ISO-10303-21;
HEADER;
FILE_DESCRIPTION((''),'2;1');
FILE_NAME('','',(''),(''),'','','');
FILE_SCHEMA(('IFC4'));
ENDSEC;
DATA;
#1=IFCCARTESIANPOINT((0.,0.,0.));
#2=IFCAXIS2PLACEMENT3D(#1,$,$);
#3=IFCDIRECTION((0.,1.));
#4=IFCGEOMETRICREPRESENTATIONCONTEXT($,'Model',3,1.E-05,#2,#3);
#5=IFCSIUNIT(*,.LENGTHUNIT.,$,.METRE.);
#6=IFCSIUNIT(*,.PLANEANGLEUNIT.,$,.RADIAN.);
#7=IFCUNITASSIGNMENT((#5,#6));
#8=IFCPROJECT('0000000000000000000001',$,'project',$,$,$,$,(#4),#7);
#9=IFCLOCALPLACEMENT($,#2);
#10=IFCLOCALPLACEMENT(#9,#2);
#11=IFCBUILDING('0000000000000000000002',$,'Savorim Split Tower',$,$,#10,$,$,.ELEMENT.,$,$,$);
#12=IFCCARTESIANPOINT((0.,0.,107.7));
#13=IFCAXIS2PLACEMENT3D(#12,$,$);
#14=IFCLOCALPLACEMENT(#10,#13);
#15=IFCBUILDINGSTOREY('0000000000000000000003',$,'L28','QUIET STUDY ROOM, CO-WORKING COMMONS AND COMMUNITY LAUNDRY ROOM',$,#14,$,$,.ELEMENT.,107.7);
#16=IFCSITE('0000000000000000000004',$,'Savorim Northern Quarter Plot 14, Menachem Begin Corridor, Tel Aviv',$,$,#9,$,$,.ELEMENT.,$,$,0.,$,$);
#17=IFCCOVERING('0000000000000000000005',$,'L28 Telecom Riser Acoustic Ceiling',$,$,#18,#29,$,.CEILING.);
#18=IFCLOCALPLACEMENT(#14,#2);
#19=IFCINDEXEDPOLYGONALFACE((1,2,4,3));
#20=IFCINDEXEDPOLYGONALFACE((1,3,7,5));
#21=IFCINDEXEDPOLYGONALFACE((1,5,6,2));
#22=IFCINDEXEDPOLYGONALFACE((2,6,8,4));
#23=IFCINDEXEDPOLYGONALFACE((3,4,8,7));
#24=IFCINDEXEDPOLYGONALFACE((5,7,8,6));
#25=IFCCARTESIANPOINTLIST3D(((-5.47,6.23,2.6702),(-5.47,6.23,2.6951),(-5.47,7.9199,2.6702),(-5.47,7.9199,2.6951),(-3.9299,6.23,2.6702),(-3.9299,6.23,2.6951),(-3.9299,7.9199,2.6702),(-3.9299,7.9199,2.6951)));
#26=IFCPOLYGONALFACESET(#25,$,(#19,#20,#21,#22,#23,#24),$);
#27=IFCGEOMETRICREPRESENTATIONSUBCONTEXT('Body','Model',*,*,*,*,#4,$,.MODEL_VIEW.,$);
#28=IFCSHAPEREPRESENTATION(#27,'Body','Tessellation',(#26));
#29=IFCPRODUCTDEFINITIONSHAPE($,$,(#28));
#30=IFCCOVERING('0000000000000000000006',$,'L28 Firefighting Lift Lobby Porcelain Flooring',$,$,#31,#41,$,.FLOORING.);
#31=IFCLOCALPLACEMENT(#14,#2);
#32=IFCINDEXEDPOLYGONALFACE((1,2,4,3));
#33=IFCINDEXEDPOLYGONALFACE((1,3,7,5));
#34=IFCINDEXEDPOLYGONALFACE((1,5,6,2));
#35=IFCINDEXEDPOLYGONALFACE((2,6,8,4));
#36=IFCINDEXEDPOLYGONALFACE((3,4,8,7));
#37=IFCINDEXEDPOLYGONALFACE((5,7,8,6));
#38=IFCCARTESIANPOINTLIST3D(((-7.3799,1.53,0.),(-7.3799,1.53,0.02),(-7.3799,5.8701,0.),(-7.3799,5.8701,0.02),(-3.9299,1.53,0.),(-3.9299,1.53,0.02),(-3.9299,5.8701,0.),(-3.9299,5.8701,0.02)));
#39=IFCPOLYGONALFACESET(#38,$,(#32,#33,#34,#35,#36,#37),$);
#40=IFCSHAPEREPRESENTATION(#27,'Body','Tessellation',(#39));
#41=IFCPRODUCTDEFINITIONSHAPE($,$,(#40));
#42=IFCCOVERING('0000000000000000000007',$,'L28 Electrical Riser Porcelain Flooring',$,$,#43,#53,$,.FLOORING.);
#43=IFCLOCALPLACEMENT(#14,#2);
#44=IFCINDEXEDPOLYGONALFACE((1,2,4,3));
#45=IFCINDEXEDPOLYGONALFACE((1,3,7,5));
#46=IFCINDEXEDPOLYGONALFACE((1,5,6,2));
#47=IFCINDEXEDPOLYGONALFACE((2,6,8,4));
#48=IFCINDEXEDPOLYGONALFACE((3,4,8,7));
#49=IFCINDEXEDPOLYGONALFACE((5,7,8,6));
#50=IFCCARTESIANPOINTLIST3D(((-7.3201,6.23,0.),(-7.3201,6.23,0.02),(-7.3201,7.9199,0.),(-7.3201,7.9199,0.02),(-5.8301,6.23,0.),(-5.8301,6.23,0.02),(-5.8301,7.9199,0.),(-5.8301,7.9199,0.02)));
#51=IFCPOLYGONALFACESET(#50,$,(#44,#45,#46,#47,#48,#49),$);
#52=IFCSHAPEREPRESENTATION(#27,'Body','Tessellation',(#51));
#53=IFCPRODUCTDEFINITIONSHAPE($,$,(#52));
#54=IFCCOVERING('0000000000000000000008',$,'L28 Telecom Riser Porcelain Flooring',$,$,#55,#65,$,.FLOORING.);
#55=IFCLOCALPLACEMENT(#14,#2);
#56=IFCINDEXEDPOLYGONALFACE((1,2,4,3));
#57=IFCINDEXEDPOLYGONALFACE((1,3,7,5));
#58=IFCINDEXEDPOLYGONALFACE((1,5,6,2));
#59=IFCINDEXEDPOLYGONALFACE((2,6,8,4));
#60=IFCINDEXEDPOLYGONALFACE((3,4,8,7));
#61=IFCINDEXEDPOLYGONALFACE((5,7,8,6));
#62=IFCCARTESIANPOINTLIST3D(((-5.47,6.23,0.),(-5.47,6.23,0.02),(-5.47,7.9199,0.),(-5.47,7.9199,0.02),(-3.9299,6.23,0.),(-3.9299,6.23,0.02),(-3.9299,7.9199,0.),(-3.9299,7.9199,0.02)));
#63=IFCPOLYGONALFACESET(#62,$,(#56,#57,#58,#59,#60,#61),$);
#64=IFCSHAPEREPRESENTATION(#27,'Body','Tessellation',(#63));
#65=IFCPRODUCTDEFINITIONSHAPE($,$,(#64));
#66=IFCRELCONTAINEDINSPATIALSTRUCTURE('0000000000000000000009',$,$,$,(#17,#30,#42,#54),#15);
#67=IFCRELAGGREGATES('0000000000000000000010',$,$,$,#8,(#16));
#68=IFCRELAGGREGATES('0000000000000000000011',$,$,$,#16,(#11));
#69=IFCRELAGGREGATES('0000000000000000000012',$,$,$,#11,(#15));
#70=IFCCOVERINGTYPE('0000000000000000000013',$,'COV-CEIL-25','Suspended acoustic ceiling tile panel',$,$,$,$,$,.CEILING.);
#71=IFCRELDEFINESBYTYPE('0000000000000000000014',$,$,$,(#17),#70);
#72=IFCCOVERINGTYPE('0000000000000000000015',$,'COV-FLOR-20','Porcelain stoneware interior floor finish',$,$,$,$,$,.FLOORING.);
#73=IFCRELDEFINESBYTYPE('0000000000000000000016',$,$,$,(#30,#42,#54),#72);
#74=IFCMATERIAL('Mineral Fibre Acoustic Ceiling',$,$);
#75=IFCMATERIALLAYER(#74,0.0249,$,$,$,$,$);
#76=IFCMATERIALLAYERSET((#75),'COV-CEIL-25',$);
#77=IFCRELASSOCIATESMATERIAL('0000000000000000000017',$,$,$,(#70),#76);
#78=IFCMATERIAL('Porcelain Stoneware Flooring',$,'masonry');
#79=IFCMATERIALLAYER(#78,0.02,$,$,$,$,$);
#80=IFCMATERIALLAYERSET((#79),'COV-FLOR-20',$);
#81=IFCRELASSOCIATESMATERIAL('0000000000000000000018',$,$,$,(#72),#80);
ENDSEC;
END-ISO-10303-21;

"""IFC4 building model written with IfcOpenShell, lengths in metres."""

from ifc_helpers import new_model, si_unit, direction, frame, origin, place, context, subcontext, project, spatial, polyline, outline, extrude, material, layer, layer_set, type_object, element, save


model = new_model("IFC4")

# Units and contexts
model_context = context("Model", 3, precision=1e-05, world=origin(), true_north=direction((0.0, 1.0)))
body_context = subcontext(model_context, "Body", "Model", "MODEL_VIEW")
ifc_project = project(units=[si_unit("LENGTHUNIT", "METRE"), si_unit("PLANEANGLEUNIT", "RADIAN")], contexts=[model_context])

# Site, building, storey
site_placement = place(None, origin())
site = spatial("IfcSite", under=ifc_project, at=site_placement, Name="Savorim Northern Quarter Plot 14, Menachem Begin Corridor, Tel Aviv", CompositionType="ELEMENT", RefElevation=0.0)
building_placement = place(site_placement, origin())
building = spatial("IfcBuilding", under=site, at=building_placement, Name="Savorim Split Tower", CompositionType="ELEMENT")
storey_placement = place(building_placement, frame((0.0, 0.0, 107.7)))
storey = spatial("IfcBuildingStorey", under=building, at=storey_placement, Name="L28", Description="QUIET STUDY ROOM, CO-WORKING COMMONS AND COMMUNITY LAUNDRY ROOM", CompositionType="ELEMENT", Elevation=107.7)

# Coverings
ifc_material_1 = material(Name="Mineral Fibre Acoustic Ceiling")
ifc_layer_1 = layer(ifc_material_1, 0.0249)
ifc_layer_set_1 = layer_set([ifc_layer_1], Name="COV-CEIL-25")
covering_type_1 = type_object("IfcCoveringType", Name="COV-CEIL-25", Description="Suspended acoustic ceiling tile panel", PredefinedType="CEILING", material=ifc_layer_set_1)
covering_1_placement = place(storey_placement, frame((0.0, 0.0, 2.6702)))
element("IfcCovering", 1, at=covering_1_placement, inside=storey, type_object=covering_type_1, Name="L28 Telecom Riser Acoustic Ceiling", PredefinedType="CEILING", context=body_context, shape_type="SweptSolid", body=[
    extrude(outline(polyline([(-5.47, 7.9199), (-5.47, 6.23), (-3.9299, 6.23), (-3.9299, 7.9199), (-5.47, 7.9199)])), origin(), (0.0, 0.0, 1.0), 0.0249),
])
ifc_material_2 = material(Name="Porcelain Stoneware Flooring", Category="masonry")
ifc_layer_2 = layer(ifc_material_2, 0.02)
ifc_layer_set_2 = layer_set([ifc_layer_2], Name="COV-FLOR-20")
covering_type_2 = type_object("IfcCoveringType", Name="COV-FLOR-20", Description="Porcelain stoneware interior floor finish", PredefinedType="FLOORING", material=ifc_layer_set_2)
covering_2_placement = place(storey_placement, origin())
element("IfcCovering", 2, at=covering_2_placement, inside=storey, type_object=covering_type_2, Name="L28 Firefighting Lift Lobby Porcelain Flooring", PredefinedType="FLOORING", context=body_context, shape_type="SweptSolid", body=[
    extrude(outline(polyline([(-7.3799, 5.8701), (-7.3799, 1.53), (-3.9299, 1.53), (-3.9299, 5.8701), (-7.3799, 5.8701)])), origin(), (0.0, 0.0, 1.0), 0.02),
])
covering_3_placement = place(storey_placement, origin())
element("IfcCovering", 3, at=covering_3_placement, inside=storey, type_object=covering_type_2, Name="L28 Electrical Riser Porcelain Flooring", PredefinedType="FLOORING", context=body_context, shape_type="SweptSolid", body=[
    extrude(outline(polyline([(-7.3201, 7.9199), (-7.3201, 6.23), (-5.8301, 6.23), (-5.8301, 7.9199), (-7.3201, 7.9199)])), origin(), (0.0, 0.0, 1.0), 0.02),
])
covering_4_placement = place(storey_placement, origin())
element("IfcCovering", 4, at=covering_4_placement, inside=storey, type_object=covering_type_2, Name="L28 Telecom Riser Porcelain Flooring", PredefinedType="FLOORING", context=body_context, shape_type="SweptSolid", body=[
    extrude(outline(polyline([(-5.47, 7.9199), (-5.47, 6.23), (-3.9299, 6.23), (-3.9299, 7.9199), (-5.47, 7.9199)])), origin(), (0.0, 0.0, 1.0), 0.02),
])

save(model, "model.ifc")
